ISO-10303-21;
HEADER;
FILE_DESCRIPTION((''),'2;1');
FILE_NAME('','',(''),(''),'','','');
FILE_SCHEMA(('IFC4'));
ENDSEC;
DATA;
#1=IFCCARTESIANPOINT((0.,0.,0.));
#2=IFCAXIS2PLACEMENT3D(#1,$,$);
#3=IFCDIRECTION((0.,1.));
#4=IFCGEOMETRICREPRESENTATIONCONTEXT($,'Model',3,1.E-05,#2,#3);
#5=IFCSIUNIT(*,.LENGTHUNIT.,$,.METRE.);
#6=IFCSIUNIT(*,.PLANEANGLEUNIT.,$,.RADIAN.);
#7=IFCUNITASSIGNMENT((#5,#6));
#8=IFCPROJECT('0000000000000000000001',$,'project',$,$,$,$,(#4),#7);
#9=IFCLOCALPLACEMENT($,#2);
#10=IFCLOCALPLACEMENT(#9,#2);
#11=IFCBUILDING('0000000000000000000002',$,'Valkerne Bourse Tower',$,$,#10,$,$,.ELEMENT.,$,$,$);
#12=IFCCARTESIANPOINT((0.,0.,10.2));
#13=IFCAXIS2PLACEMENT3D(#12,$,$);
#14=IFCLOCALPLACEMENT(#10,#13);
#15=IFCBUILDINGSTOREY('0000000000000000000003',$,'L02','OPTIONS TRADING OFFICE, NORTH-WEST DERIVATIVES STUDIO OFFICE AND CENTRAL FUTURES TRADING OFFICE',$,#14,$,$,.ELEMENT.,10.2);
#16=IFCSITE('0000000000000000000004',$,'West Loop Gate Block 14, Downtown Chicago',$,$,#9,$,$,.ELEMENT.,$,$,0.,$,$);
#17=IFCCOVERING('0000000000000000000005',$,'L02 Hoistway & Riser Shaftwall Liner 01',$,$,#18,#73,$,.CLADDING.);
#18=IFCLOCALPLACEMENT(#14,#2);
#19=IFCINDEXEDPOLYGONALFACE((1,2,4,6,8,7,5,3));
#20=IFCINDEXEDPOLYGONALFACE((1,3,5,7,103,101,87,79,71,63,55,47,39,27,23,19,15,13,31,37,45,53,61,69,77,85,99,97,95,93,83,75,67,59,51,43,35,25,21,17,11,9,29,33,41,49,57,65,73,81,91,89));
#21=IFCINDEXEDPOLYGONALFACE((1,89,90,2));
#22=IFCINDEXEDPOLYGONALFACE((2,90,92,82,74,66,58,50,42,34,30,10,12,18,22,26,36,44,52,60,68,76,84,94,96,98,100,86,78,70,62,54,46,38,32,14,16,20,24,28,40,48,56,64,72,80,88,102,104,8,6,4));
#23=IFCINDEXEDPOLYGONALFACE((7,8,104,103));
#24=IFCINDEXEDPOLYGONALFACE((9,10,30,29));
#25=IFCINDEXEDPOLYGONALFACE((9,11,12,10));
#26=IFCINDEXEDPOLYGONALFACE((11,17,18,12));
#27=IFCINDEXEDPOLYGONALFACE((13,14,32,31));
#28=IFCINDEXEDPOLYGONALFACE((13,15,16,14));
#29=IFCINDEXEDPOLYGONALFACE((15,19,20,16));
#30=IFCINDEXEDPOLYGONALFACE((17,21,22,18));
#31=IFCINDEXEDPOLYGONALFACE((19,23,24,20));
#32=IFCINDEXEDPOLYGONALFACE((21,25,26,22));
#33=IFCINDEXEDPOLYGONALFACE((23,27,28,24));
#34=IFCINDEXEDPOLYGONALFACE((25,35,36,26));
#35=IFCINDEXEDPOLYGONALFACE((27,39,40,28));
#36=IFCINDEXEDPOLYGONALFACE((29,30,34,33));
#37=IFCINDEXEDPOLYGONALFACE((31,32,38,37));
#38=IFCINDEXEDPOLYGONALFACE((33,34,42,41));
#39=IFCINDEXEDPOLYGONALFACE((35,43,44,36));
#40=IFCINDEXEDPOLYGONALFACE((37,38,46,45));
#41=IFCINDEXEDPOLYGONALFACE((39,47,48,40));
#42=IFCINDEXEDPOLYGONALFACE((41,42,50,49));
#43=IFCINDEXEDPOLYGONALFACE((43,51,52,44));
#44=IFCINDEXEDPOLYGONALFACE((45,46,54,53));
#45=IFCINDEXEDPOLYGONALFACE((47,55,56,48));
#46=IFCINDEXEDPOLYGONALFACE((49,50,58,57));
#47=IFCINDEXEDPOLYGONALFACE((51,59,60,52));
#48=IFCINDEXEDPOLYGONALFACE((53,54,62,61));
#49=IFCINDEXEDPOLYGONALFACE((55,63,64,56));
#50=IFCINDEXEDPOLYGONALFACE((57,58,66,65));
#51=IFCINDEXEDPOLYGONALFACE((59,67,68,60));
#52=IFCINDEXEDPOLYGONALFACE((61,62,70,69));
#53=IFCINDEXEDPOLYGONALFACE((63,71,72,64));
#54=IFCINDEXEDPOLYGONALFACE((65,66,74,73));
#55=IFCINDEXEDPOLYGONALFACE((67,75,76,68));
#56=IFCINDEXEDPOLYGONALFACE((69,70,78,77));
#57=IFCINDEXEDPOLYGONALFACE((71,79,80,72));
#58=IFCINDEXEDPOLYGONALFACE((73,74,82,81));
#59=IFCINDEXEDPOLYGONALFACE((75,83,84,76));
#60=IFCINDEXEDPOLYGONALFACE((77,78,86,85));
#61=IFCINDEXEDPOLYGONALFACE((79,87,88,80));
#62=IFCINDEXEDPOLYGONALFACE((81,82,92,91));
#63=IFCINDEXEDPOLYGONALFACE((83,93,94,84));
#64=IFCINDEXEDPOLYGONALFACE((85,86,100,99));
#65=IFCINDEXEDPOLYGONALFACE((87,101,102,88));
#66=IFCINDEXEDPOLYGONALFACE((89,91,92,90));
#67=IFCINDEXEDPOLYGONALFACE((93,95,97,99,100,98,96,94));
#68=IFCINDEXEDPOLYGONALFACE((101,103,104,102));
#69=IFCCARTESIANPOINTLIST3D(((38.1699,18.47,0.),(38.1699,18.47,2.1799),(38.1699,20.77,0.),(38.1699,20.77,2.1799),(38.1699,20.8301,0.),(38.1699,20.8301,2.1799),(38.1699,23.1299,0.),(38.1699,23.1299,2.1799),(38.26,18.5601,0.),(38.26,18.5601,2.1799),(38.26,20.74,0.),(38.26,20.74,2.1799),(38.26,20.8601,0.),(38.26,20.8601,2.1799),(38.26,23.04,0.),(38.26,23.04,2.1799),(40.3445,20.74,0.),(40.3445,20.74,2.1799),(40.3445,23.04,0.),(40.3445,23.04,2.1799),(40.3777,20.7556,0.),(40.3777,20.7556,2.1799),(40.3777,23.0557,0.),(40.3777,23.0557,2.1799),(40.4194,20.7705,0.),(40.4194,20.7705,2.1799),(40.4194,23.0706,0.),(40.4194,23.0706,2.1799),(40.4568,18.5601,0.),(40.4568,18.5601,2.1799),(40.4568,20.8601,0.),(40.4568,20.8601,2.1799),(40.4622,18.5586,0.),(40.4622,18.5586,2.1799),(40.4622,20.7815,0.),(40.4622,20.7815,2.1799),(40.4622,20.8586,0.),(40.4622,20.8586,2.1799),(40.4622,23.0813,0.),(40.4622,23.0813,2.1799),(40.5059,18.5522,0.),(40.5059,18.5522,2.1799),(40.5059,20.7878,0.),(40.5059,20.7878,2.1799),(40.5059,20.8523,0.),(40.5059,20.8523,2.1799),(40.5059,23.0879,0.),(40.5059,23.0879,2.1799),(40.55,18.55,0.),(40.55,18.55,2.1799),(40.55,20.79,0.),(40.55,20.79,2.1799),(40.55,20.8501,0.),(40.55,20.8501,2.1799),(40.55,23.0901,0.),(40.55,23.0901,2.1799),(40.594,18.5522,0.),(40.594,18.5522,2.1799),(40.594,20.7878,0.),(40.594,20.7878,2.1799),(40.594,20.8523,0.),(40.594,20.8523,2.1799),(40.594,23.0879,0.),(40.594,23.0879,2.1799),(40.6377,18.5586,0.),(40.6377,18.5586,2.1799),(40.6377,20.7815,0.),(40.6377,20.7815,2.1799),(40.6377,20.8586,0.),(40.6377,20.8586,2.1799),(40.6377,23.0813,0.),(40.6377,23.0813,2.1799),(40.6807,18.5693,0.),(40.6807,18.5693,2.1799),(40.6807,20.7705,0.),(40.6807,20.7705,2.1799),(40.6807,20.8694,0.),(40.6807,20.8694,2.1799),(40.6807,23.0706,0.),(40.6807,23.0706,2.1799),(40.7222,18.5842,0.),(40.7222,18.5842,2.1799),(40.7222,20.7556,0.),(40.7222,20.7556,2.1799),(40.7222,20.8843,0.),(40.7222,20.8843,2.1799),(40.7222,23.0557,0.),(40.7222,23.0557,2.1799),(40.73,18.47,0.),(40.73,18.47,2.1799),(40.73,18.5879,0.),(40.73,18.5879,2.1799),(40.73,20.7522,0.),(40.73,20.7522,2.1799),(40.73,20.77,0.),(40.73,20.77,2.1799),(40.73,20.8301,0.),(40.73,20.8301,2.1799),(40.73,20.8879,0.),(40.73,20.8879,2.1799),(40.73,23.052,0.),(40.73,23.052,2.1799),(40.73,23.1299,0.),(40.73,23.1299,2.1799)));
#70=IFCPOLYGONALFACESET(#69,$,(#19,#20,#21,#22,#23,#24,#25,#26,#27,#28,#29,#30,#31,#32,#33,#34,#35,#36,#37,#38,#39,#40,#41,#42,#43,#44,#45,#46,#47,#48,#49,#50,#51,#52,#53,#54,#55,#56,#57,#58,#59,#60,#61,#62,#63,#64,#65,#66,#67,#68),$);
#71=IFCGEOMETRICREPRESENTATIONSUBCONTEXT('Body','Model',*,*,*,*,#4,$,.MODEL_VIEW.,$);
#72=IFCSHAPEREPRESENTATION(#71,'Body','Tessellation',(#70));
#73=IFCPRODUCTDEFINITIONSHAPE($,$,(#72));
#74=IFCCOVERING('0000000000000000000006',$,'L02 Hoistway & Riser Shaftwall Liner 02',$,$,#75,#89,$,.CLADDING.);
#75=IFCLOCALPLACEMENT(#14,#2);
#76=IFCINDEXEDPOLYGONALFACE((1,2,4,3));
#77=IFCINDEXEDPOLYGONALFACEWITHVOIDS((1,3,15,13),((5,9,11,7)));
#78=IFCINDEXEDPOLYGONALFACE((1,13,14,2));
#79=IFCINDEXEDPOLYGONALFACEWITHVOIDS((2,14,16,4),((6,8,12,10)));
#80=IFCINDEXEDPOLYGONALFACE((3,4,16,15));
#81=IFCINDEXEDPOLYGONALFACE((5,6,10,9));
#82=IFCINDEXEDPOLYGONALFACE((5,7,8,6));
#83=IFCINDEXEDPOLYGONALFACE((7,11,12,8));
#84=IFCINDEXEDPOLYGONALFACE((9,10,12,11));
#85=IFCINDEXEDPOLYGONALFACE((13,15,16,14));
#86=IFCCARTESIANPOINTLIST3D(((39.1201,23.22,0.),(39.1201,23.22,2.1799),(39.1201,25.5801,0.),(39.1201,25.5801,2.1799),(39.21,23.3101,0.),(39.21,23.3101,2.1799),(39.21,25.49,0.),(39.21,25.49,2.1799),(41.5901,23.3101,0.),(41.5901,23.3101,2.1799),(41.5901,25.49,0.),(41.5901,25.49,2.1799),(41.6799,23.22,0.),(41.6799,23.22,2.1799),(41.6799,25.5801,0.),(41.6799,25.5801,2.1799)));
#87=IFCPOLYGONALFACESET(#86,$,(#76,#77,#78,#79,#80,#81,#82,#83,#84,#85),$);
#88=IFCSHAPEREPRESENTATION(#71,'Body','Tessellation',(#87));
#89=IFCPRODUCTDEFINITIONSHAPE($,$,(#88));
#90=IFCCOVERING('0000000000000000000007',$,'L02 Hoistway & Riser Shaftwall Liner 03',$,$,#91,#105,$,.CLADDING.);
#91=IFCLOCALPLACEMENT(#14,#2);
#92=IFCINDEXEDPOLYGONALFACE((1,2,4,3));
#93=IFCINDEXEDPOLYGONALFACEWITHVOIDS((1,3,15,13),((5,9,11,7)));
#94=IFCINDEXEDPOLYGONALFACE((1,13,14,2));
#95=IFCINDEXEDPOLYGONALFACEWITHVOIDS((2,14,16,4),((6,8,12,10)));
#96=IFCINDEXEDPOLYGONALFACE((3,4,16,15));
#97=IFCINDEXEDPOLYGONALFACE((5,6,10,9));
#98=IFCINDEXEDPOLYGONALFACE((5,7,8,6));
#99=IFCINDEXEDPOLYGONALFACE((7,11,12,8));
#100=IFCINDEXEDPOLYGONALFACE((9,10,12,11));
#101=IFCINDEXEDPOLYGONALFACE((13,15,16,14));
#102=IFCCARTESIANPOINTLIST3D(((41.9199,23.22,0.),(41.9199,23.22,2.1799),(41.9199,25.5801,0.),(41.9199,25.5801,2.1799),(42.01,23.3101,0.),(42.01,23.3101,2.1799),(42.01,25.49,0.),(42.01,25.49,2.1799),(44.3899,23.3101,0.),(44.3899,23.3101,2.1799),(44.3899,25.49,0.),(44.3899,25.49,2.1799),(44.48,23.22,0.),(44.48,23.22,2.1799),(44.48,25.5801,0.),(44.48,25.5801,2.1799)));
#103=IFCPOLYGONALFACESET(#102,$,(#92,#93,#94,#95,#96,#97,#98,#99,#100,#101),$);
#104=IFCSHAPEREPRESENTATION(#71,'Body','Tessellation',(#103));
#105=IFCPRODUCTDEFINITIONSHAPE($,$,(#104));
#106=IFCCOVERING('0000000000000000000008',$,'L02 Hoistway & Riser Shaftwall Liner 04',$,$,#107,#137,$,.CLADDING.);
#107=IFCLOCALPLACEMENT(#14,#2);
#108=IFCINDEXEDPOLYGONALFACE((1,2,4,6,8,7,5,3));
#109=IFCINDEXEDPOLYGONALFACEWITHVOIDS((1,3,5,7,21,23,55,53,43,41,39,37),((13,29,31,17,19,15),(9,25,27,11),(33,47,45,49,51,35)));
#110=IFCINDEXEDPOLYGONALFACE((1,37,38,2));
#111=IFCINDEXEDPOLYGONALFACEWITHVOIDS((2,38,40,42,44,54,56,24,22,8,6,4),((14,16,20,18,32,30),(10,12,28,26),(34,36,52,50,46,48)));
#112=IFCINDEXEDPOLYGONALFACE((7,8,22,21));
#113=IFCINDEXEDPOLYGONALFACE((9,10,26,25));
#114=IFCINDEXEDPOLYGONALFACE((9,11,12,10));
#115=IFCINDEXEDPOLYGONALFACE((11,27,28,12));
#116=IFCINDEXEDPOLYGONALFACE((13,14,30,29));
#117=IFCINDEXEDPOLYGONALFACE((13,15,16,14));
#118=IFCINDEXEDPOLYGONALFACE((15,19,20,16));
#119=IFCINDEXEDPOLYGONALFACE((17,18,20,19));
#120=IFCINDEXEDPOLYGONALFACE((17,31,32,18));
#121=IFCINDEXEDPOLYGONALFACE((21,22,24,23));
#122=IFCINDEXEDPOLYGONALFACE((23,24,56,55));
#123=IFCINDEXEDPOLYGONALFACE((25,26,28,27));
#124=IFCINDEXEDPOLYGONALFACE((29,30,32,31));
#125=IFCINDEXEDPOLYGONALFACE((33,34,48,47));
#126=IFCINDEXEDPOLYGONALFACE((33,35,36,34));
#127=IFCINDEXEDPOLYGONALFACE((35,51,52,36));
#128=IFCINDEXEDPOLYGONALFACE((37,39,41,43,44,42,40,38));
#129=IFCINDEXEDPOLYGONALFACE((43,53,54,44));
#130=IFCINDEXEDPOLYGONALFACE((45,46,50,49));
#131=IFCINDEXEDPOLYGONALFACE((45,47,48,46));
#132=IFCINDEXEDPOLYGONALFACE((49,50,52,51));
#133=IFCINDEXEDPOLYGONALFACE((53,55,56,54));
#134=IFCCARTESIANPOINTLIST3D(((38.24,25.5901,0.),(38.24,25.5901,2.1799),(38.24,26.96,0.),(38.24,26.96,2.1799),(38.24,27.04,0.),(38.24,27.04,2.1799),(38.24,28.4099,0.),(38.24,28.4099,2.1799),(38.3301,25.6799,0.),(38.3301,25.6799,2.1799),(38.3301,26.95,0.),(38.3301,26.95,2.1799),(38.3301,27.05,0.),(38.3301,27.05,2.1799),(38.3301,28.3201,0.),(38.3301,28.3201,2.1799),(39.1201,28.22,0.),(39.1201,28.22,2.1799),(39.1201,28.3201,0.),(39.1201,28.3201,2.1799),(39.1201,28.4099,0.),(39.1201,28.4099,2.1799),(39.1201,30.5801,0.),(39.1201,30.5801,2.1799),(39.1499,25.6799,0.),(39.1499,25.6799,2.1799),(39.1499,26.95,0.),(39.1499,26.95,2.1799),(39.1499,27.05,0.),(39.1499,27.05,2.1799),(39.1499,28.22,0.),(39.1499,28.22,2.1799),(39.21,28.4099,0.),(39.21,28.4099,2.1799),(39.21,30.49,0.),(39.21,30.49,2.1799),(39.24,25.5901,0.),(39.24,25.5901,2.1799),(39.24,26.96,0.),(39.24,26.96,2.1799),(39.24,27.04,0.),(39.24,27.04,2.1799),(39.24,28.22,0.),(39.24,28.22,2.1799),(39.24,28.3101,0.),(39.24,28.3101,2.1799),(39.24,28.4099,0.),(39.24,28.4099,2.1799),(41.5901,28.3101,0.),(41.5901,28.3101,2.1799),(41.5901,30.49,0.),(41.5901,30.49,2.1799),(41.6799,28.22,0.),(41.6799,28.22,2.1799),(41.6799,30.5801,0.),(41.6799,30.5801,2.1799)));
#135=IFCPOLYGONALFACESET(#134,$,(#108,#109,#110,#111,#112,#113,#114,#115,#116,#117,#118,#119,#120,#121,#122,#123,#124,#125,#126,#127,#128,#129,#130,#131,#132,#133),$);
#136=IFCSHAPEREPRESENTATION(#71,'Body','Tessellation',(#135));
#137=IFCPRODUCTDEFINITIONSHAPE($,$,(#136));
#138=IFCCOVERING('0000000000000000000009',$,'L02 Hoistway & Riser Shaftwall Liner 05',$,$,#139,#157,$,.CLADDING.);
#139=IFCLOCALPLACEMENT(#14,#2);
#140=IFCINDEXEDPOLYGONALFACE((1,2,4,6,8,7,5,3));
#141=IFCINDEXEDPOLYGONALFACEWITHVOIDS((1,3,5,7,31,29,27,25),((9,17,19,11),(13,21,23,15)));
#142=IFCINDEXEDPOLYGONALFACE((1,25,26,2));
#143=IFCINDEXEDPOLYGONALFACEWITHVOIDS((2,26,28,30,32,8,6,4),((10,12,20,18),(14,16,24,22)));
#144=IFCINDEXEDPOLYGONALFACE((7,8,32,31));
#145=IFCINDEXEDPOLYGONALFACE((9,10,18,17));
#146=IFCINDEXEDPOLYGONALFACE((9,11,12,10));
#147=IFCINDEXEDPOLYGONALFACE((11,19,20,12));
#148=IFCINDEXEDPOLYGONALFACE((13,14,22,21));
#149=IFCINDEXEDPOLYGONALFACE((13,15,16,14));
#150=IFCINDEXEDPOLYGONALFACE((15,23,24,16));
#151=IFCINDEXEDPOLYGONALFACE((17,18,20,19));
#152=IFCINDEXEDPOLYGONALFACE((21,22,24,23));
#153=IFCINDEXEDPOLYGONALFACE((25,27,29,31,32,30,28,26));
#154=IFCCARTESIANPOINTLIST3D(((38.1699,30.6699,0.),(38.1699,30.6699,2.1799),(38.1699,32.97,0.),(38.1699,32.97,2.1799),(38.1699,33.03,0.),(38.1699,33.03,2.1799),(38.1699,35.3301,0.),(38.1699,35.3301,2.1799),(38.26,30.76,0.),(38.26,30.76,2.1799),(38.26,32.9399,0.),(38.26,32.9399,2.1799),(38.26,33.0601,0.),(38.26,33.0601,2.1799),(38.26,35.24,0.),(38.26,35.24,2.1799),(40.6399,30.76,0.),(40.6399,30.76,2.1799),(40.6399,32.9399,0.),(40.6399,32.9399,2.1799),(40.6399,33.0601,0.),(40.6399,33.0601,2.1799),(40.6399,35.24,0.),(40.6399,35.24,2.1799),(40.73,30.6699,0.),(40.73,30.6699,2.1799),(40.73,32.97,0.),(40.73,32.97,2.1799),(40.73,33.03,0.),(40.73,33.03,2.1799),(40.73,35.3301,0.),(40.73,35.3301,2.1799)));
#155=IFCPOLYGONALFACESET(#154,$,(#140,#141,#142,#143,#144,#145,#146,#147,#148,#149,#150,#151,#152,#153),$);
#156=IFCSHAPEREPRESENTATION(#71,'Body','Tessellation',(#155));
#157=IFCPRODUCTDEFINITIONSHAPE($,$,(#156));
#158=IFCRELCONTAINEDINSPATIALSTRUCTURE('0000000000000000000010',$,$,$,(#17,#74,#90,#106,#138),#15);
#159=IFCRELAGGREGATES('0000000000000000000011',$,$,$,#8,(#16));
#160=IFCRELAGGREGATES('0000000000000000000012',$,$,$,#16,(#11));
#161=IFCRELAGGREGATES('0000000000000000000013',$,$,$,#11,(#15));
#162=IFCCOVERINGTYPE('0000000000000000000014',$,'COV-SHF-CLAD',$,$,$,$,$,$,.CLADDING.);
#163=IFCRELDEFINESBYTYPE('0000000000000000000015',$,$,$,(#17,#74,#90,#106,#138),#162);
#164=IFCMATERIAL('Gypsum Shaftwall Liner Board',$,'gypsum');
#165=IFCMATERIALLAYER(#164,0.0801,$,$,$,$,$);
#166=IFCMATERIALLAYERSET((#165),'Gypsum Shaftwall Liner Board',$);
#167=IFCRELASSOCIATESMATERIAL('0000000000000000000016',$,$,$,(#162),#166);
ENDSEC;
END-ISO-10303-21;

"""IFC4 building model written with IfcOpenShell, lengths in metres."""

from ifc_helpers import new_model, si_unit, direction, frame, origin, place, context, subcontext, project, spatial, polyline, outline, extrude, material, layer, layer_set, type_object, element, save


model = new_model("IFC4")

# Units and contexts
model_context = context("Model", 3, precision=1e-05, world=origin(), true_north=direction((0.0, 1.0)))
body_context = subcontext(model_context, "Body", "Model", "MODEL_VIEW")
ifc_project = project(units=[si_unit("LENGTHUNIT", "METRE"), si_unit("PLANEANGLEUNIT", "RADIAN")], contexts=[model_context])

# Site, building, storey
site_placement = place(None, origin())
site = spatial("IfcSite", under=ifc_project, at=site_placement, Name="West Loop Gate Block 14, Downtown Chicago", CompositionType="ELEMENT", RefElevation=0.0)
building_placement = place(site_placement, origin())
building = spatial("IfcBuilding", under=site, at=building_placement, Name="Valkerne Bourse Tower", CompositionType="ELEMENT")
storey_placement = place(building_placement, frame((0.0, 0.0, 10.2)))
storey = spatial("IfcBuildingStorey", under=building, at=storey_placement, Name="L02", Description="OPTIONS TRADING OFFICE, NORTH-WEST DERIVATIVES STUDIO OFFICE AND CENTRAL FUTURES TRADING OFFICE", CompositionType="ELEMENT", Elevation=10.2)

# Coverings
ifc_material_1 = material(Name="Gypsum Shaftwall Liner Board", Category="gypsum")
ifc_layer_1 = layer(ifc_material_1, 0.0801)
ifc_layer_set_1 = layer_set([ifc_layer_1], Name="Gypsum Shaftwall Liner Board")
covering_type_1 = type_object("IfcCoveringType", Name="COV-SHF-CLAD", PredefinedType="CLADDING", material=ifc_layer_set_1)
covering_1_placement = place(storey_placement, origin())
element("IfcCovering", 1, at=covering_1_placement, inside=storey, type_object=covering_type_1, Name="L02 Hoistway & Riser Shaftwall Liner 01", PredefinedType="CLADDING", context=body_context, shape_type="SweptSolid", body=[
    extrude(outline(polyline([(38.1699, 23.1299), (40.73, 23.1299), (40.73, 23.052), (40.7222, 23.0557), (40.6807, 23.0706), (40.6377, 23.0813), (40.594, 23.0879), (40.55, 23.0901), (40.5059, 23.0879), (40.4622, 23.0813), (40.4194, 23.0706), (40.3777, 23.0557), (40.3445, 23.04), (38.26, 23.04), (38.26, 20.8601), (40.4568, 20.8601), (40.4622, 20.8586), (40.5059, 20.8523), (40.55, 20.8501), (40.594, 20.8523), (40.6377, 20.8586), (40.6807, 20.8694), (40.7222, 20.8843), (40.73, 20.8879), (40.73, 20.8301), (40.73, 20.77), (40.73, 20.7522), (40.7222, 20.7556), (40.6807, 20.7705), (40.6377, 20.7815), (40.594, 20.7878), (40.55, 20.79), (40.5059, 20.7878), (40.4622, 20.7815), (40.4194, 20.7705), (40.3777, 20.7556), (40.3445, 20.74), (38.26, 20.74), (38.26, 18.5601), (40.4568, 18.5601), (40.4622, 18.5586), (40.5059, 18.5522), (40.55, 18.55), (40.594, 18.5522), (40.6377, 18.5586), (40.6807, 18.5693), (40.7222, 18.5842), (40.73, 18.5879), (40.73, 18.47), (38.1699, 18.47), (38.1699, 20.77), (38.1699, 20.8301), (38.1699, 23.1299)])), origin(), (0.0, 0.0, 1.0), 2.1799),
])
covering_2_placement = place(storey_placement, origin())
element("IfcCovering", 2, at=covering_2_placement, inside=storey, type_object=covering_type_1, Name="L02 Hoistway & Riser Shaftwall Liner 02", PredefinedType="CLADDING", context=body_context, shape_type="SweptSolid", body=[
    extrude(outline(polyline([(41.6799, 23.22), (39.1201, 23.22), (39.1201, 25.5801), (41.6799, 25.5801), (41.6799, 23.22)]), holes=[polyline([(39.21, 25.49), (39.21, 23.3101), (41.5901, 23.3101), (41.5901, 25.49), (39.21, 25.49)])]), origin(), (0.0, 0.0, 1.0), 2.1799),
])
covering_3_placement = place(storey_placement, origin())
element("IfcCovering", 3, at=covering_3_placement, inside=storey, type_object=covering_type_1, Name="L02 Hoistway & Riser Shaftwall Liner 03", PredefinedType="CLADDING", context=body_context, shape_type="SweptSolid", body=[
    extrude(outline(polyline([(44.48, 23.22), (41.9199, 23.22), (41.9199, 25.5801), (44.48, 25.5801), (44.48, 23.22)]), holes=[polyline([(42.01, 25.49), (42.01, 23.3101), (44.3899, 23.3101), (44.3899, 25.49), (42.01, 25.49)])]), origin(), (0.0, 0.0, 1.0), 2.1799),
])
covering_4_placement = place(storey_placement, origin())
element("IfcCovering", 4, at=covering_4_placement, inside=storey, type_object=covering_type_1, Name="L02 Hoistway & Riser Shaftwall Liner 04", PredefinedType="CLADDING", context=body_context, shape_type="SweptSolid", body=[
    extrude(outline(polyline([(38.24, 28.4099), (39.1201, 28.4099), (39.1201, 30.5801), (41.6799, 30.5801), (41.6799, 28.22), (39.24, 28.22), (39.24, 27.04), (39.24, 26.96), (39.24, 25.5901), (38.24, 25.5901), (38.24, 26.96), (38.24, 27.04), (38.24, 28.4099)]), holes=[polyline([(39.21, 30.49), (39.21, 28.4099), (39.24, 28.4099), (39.24, 28.3101), (41.5901, 28.3101), (41.5901, 30.49), (39.21, 30.49)]), polyline([(38.3301, 26.95), (38.3301, 25.6799), (39.1499, 25.6799), (39.1499, 26.95), (38.3301, 26.95)]), polyline([(39.1201, 28.22), (39.1201, 28.3201), (38.3301, 28.3201), (38.3301, 27.05), (39.1499, 27.05), (39.1499, 28.22), (39.1201, 28.22)])]), origin(), (0.0, 0.0, 1.0), 2.1799),
])
covering_5_placement = place(storey_placement, origin())
element("IfcCovering", 5, at=covering_5_placement, inside=storey, type_object=covering_type_1, Name="L02 Hoistway & Riser Shaftwall Liner 05", PredefinedType="CLADDING", context=body_context, shape_type="SweptSolid", body=[
    extrude(outline(polyline([(38.1699, 35.3301), (40.73, 35.3301), (40.73, 33.03), (40.73, 32.97), (40.73, 30.6699), (38.1699, 30.6699), (38.1699, 32.97), (38.1699, 33.03), (38.1699, 35.3301)]), holes=[polyline([(38.26, 32.9399), (38.26, 30.76), (40.6399, 30.76), (40.6399, 32.9399), (38.26, 32.9399)]), polyline([(38.26, 35.24), (38.26, 33.0601), (40.6399, 33.0601), (40.6399, 35.24), (38.26, 35.24)])]), origin(), (0.0, 0.0, 1.0), 2.1799),
])

save(model, "model.ifc")
